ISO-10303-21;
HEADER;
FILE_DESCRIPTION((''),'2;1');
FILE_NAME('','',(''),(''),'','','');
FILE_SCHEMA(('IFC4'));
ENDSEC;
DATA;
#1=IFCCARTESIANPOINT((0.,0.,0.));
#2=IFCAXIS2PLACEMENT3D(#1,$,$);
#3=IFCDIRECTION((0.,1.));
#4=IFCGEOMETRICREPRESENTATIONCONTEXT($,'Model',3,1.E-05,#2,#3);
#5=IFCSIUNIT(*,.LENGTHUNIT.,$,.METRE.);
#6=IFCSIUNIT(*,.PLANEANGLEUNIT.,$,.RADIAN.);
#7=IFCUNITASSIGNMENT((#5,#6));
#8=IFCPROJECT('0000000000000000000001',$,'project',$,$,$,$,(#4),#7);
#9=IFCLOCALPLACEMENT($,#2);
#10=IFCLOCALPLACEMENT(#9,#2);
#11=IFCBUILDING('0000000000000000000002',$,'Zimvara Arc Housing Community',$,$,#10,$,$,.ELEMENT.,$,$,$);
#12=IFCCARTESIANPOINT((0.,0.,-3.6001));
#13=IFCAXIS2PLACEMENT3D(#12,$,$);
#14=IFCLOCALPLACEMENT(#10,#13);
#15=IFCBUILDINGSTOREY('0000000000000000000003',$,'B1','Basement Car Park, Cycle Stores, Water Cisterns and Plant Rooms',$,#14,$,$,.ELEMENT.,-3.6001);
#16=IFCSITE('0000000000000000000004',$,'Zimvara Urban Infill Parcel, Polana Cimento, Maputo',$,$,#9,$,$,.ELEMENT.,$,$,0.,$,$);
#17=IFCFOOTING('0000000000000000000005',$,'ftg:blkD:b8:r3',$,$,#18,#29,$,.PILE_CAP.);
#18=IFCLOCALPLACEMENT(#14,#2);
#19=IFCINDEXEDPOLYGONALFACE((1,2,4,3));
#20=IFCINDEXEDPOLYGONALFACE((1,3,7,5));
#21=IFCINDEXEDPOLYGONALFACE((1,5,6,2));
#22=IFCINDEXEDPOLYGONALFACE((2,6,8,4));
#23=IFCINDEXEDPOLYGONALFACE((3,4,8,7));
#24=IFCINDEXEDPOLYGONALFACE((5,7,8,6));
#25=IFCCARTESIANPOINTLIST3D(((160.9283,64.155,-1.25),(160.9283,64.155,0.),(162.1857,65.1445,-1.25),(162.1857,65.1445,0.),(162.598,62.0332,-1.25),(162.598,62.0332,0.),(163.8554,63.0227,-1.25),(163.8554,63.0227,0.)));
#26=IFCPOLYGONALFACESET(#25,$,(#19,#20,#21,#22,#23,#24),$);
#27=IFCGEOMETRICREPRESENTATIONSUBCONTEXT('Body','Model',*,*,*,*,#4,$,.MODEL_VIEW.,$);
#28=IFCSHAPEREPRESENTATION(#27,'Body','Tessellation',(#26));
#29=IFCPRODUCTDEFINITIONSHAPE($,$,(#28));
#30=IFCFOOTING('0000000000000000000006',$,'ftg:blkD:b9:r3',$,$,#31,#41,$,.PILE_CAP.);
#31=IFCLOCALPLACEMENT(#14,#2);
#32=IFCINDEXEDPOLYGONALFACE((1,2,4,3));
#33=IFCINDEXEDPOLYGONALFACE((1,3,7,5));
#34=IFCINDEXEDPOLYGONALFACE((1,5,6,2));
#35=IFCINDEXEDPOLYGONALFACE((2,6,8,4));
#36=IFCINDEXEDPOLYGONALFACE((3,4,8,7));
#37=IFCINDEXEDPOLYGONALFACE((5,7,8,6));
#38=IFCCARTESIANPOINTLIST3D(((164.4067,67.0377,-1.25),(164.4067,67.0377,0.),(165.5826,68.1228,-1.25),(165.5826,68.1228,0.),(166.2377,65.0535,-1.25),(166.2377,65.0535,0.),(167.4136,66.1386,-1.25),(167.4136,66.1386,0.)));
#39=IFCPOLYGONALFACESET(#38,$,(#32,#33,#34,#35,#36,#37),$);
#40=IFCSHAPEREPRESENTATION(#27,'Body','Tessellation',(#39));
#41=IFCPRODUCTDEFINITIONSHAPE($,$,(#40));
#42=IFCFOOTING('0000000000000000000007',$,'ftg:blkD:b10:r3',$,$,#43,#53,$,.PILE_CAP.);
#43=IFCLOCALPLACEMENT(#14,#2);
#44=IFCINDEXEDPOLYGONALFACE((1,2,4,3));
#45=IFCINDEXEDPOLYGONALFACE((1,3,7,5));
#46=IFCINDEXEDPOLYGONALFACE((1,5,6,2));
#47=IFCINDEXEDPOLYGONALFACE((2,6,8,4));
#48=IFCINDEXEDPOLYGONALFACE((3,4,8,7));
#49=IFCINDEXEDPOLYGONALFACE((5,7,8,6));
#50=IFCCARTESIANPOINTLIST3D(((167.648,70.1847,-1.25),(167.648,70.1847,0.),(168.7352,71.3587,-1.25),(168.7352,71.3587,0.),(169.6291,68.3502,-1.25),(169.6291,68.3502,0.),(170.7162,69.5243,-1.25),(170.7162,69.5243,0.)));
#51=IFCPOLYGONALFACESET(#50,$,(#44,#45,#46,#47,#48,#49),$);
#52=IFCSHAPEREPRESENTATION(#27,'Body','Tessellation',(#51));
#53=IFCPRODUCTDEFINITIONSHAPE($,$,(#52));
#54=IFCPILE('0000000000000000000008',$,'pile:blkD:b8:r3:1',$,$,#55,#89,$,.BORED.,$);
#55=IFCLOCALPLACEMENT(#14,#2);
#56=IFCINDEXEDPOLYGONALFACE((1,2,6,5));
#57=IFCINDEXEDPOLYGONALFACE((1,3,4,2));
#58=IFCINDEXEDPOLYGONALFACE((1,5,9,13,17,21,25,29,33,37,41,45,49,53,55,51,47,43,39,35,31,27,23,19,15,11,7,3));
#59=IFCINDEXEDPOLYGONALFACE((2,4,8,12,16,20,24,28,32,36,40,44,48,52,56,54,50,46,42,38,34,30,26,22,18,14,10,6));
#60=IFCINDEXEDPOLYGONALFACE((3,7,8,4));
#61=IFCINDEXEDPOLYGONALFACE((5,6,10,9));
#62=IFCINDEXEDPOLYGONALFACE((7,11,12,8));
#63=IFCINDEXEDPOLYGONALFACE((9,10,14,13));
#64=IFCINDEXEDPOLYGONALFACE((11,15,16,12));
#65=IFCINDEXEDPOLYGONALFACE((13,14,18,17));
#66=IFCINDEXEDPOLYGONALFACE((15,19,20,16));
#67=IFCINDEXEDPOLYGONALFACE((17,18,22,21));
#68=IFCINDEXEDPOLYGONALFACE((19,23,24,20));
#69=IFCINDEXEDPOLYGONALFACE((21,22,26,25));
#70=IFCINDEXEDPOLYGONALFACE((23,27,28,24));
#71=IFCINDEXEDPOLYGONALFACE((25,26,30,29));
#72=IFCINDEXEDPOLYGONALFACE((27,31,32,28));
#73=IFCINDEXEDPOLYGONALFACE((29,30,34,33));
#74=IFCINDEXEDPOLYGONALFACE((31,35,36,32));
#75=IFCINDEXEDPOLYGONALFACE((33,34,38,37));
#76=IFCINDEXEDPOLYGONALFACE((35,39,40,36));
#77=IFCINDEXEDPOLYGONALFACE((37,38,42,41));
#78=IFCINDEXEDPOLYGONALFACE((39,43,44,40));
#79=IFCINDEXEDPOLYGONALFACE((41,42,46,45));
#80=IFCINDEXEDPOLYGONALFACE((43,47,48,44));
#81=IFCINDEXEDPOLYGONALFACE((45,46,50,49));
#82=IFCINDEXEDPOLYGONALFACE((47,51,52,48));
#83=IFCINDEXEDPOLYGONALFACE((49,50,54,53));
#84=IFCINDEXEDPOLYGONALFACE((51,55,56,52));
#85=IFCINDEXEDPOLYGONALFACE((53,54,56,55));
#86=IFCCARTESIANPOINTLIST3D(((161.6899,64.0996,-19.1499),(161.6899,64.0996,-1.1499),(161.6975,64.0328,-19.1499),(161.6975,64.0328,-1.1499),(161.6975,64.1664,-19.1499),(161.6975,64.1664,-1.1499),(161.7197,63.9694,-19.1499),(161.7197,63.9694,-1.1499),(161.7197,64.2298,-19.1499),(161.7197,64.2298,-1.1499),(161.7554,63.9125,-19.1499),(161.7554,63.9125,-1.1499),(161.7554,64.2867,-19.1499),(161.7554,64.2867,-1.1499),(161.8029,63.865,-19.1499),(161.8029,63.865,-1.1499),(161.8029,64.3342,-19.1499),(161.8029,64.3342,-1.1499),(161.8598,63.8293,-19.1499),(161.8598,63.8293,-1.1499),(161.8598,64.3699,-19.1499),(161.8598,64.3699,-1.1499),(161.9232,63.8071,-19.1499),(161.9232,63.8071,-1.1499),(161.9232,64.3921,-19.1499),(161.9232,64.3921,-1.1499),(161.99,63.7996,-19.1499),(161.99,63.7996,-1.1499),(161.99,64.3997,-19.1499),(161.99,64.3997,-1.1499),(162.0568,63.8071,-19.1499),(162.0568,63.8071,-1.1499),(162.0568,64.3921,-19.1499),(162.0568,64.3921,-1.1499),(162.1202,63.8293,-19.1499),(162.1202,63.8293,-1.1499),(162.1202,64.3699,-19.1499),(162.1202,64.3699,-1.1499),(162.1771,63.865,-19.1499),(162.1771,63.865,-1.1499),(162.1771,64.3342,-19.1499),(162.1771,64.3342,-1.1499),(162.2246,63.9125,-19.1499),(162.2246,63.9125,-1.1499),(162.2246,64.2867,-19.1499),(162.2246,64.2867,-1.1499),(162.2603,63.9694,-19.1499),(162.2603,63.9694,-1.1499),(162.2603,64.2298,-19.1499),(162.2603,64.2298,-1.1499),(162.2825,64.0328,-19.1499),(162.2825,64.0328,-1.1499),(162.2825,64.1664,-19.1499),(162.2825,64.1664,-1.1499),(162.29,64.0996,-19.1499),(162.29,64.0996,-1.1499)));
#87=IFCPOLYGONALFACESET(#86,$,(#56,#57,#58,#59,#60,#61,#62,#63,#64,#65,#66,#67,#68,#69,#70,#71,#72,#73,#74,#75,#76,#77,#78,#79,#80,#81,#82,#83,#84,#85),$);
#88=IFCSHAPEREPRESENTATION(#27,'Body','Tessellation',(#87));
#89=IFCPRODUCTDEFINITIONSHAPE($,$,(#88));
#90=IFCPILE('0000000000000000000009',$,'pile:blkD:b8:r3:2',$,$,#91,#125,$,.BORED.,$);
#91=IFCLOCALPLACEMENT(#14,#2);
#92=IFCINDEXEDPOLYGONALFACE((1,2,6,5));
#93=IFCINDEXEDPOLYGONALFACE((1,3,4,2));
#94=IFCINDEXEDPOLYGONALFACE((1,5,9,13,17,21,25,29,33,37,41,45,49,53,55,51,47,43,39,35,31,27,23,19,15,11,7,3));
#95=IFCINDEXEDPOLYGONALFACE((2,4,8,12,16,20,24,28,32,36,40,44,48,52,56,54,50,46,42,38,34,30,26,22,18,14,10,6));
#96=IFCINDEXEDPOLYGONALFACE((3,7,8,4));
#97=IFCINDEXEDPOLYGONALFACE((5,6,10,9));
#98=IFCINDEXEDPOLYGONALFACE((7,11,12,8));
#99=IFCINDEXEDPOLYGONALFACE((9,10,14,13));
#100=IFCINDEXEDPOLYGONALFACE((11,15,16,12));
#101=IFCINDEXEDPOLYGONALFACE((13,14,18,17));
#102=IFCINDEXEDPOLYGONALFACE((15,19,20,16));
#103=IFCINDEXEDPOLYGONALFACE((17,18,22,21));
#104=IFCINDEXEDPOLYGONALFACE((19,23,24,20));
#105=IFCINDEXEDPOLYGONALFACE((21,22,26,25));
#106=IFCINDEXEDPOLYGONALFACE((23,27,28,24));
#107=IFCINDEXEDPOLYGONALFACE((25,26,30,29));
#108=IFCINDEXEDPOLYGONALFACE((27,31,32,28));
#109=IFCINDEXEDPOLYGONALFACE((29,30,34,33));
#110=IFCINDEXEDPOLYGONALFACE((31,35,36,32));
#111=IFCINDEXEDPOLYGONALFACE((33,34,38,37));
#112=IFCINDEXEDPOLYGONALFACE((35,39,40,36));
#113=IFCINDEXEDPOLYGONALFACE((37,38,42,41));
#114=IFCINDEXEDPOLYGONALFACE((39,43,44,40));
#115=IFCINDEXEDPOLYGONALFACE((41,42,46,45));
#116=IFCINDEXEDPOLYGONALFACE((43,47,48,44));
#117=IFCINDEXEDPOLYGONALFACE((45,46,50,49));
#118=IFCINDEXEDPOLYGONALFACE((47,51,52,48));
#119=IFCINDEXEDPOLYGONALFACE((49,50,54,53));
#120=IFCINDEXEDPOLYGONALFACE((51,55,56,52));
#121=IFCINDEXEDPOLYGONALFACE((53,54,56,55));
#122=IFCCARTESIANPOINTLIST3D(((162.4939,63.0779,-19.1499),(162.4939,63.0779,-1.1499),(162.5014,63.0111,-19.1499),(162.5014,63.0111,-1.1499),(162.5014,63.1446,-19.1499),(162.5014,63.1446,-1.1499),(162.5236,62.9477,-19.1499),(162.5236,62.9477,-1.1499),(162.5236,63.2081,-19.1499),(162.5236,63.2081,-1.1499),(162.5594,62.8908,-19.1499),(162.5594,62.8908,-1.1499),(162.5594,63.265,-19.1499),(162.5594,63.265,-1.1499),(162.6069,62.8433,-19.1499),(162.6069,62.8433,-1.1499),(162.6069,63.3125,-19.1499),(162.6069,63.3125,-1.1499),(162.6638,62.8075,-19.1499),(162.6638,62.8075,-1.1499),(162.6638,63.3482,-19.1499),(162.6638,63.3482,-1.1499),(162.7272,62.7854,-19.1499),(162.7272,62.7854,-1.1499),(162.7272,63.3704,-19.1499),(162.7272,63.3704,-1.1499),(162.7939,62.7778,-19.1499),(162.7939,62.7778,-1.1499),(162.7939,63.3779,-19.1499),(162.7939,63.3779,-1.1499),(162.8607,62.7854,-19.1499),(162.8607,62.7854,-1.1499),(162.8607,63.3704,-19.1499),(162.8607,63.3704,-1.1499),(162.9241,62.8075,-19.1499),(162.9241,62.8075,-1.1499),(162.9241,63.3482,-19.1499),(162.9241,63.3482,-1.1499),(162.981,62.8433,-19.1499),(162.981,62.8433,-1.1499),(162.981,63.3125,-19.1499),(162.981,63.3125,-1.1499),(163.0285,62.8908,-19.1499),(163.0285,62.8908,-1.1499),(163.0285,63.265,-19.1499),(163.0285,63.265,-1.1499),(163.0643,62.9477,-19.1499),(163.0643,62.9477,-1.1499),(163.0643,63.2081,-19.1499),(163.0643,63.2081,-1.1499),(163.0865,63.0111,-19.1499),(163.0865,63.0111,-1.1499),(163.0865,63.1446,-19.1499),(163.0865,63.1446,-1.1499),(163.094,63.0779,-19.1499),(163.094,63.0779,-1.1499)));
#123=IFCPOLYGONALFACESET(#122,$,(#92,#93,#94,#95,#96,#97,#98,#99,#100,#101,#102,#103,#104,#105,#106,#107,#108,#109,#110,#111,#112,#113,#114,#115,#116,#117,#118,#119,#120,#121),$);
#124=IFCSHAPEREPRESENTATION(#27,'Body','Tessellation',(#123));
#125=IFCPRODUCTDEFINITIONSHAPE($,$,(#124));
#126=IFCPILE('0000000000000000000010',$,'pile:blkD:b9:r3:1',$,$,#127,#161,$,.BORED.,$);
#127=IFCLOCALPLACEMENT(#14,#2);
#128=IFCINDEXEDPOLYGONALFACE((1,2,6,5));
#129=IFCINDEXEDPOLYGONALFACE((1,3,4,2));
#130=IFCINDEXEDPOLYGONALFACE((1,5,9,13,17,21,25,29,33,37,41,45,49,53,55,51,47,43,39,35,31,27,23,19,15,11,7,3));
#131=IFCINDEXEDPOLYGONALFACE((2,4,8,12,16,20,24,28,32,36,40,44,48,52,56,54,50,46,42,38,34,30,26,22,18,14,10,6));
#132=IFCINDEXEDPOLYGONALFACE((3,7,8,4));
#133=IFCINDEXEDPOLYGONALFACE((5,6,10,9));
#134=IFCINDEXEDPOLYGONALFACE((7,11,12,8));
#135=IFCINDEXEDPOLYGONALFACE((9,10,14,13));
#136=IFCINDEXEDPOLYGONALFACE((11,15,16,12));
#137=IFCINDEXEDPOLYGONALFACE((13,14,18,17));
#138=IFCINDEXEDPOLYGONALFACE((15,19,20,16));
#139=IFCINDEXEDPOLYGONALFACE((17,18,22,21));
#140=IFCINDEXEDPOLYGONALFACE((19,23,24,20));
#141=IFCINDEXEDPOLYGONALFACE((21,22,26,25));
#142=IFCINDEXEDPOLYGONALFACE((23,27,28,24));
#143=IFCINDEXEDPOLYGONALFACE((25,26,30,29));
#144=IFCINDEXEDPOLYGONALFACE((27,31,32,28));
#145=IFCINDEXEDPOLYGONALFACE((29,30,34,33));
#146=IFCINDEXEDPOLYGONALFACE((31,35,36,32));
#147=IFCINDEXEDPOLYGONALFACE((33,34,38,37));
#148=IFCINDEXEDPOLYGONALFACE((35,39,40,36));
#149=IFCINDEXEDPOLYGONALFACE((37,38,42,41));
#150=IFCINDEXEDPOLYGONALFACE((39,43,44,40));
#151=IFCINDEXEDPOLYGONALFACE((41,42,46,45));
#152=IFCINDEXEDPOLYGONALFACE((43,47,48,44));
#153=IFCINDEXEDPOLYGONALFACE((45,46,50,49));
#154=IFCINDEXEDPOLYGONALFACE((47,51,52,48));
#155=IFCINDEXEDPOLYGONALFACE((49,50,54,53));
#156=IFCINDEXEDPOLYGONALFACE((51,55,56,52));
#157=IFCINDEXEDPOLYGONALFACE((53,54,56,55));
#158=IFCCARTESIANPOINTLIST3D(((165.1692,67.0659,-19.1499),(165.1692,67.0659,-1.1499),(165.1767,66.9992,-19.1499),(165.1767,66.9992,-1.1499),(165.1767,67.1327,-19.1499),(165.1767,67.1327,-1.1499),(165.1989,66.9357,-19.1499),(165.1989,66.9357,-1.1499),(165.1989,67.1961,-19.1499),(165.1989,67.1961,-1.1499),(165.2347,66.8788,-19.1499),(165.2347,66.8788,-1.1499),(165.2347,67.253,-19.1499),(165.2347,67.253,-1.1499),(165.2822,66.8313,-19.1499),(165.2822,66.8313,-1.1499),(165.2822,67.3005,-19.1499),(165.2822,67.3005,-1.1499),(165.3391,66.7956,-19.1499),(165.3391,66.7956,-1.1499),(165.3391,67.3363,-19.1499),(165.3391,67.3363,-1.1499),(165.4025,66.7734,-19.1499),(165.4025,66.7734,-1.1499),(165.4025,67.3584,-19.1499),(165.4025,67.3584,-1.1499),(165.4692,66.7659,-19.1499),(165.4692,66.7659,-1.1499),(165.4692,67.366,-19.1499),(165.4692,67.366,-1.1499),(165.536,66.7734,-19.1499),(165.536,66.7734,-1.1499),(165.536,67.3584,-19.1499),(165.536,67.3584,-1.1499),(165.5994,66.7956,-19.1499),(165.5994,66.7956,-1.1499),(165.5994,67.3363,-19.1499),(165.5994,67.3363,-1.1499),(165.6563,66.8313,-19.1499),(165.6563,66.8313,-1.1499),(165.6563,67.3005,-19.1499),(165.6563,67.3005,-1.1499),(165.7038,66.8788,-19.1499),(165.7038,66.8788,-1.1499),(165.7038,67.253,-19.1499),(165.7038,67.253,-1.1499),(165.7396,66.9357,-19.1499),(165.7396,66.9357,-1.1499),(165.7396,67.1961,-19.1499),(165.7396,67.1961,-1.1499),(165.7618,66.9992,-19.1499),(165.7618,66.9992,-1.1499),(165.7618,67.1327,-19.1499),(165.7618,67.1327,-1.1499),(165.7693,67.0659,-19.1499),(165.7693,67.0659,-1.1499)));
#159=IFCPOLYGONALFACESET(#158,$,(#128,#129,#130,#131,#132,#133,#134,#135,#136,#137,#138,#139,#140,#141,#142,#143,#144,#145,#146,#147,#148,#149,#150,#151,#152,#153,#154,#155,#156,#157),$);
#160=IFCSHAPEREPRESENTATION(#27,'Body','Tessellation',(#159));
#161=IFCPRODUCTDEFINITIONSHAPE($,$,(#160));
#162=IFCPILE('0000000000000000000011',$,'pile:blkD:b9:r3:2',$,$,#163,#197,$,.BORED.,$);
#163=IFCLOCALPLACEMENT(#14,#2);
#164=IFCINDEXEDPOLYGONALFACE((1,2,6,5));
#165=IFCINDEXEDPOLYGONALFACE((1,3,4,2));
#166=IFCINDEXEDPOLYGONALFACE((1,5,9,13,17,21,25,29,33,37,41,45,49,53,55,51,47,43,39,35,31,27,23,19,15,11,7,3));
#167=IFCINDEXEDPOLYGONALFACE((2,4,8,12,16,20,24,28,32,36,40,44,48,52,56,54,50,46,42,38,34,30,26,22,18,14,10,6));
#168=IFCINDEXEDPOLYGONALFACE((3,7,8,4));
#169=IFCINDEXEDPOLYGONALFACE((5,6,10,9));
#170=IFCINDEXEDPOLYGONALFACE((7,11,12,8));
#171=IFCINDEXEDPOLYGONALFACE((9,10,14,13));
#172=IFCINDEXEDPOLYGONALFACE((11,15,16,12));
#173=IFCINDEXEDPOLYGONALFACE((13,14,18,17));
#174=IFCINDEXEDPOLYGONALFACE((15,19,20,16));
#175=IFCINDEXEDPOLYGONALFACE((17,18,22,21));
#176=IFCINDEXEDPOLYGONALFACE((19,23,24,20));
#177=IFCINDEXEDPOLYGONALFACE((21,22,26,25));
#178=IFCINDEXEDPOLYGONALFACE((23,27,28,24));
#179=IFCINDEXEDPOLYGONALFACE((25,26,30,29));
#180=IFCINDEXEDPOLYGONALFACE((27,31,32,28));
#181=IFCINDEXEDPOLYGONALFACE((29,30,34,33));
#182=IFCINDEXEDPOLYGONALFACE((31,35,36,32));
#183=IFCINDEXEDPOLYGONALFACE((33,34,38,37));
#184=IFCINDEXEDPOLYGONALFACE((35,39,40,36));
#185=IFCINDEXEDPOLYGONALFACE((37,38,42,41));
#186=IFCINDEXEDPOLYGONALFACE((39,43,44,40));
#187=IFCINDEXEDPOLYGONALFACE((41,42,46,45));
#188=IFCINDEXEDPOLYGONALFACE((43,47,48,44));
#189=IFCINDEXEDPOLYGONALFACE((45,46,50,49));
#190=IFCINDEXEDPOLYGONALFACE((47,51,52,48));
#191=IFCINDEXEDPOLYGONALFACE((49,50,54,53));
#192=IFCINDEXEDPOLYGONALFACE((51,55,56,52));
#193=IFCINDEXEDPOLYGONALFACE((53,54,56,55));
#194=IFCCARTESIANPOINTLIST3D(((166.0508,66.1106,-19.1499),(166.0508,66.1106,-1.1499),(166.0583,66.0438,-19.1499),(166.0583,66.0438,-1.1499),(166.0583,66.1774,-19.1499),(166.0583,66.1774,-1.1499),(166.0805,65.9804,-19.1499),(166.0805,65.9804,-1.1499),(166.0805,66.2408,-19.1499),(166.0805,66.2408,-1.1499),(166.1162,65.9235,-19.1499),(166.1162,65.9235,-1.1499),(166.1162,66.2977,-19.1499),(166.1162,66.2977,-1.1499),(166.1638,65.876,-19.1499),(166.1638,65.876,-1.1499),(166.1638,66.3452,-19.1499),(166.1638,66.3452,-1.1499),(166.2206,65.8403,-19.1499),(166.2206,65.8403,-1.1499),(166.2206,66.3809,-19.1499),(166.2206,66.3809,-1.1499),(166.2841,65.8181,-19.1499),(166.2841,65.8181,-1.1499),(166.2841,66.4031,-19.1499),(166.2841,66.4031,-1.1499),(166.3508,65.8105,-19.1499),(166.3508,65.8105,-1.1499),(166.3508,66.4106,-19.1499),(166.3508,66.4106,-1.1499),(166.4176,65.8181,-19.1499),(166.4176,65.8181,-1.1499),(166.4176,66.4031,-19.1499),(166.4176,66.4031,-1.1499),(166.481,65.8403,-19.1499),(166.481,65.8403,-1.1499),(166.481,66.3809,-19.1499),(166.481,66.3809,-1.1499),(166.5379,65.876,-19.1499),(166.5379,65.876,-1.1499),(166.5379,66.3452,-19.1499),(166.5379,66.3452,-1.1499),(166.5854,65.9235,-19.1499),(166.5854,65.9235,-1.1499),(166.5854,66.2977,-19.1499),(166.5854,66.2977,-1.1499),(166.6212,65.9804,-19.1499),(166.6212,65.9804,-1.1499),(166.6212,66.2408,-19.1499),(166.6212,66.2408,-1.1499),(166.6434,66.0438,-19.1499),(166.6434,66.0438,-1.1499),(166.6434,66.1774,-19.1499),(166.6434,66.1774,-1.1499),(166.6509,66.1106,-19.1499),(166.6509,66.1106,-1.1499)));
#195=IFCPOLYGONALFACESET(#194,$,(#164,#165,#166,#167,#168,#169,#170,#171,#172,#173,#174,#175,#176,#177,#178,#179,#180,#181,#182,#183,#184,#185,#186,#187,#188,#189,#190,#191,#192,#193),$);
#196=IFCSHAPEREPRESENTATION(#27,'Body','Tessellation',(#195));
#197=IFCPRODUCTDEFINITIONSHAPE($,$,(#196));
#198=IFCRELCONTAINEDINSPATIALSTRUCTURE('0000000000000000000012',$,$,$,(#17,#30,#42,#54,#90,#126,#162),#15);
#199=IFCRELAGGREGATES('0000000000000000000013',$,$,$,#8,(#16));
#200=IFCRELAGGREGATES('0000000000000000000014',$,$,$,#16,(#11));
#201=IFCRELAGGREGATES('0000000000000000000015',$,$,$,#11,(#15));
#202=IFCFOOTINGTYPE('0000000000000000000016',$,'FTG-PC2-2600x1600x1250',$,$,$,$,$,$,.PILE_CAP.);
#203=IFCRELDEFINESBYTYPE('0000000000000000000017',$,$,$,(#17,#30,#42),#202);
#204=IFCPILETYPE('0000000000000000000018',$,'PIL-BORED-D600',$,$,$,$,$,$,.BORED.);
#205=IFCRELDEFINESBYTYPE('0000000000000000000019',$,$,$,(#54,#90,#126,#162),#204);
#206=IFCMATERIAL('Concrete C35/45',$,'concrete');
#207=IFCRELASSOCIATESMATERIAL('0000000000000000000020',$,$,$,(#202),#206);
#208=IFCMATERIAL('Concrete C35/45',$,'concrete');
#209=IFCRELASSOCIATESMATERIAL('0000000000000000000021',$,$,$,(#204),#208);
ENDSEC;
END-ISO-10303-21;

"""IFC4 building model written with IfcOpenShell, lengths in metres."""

from ifc_helpers import new_model, si_unit, direction, frame, origin, origin_2d, place, context, subcontext, project, spatial, rectangle, circle, extrude, material, material_profile, profile_set, type_object, element, save


model = new_model("IFC4")

# Units and contexts
model_context = context("Model", 3, precision=1e-05, world=origin(), true_north=direction((0.0, 1.0)))
body_context = subcontext(model_context, "Body", "Model", "MODEL_VIEW")
ifc_project = project(units=[si_unit("LENGTHUNIT", "METRE"), si_unit("PLANEANGLEUNIT", "RADIAN")], contexts=[model_context])

# Site, building, storey
site_placement = place(None, origin())
site = spatial("IfcSite", under=ifc_project, at=site_placement, Name="Zimvara Urban Infill Parcel, Polana Cimento, Maputo", CompositionType="ELEMENT", RefElevation=0.0)
building_placement = place(site_placement, origin())
building = spatial("IfcBuilding", under=site, at=building_placement, Name="Zimvara Arc Housing Community", CompositionType="ELEMENT")
storey_placement = place(building_placement, frame((0.0, 0.0, -3.6001)))
storey = spatial("IfcBuildingStorey", under=building, at=storey_placement, Name="B1", Description="Basement Car Park, Cycle Stores, Water Cisterns and Plant Rooms", CompositionType="ELEMENT", Elevation=-3.6001)

# Footings
ifc_material_1 = material(Name="Concrete C35/45", Category="concrete")
footing_type = type_object("IfcFootingType", Name="FTG-PC2-2600x1600x1250", PredefinedType="PILE_CAP", material=ifc_material_1)
for number, where, z_axis, x_axis, name in (
    (1, (162.3918, 63.5889, -1.25), (0.0, 0.0, 1.0), (0.618408, -0.785857, 0.0), "ftg:blkD:b8:r3"),
    (2, (165.9102, 66.5881, -1.25), (0.0, 0.0, 1.0), (0.67816, -0.734915, 0.0), "ftg:blkD:b9:r3"),
    (3, (169.1821, 69.8545, -1.25), (0.0, 0.0, 1.0), (0.73373, -0.679441, 0.0), "ftg:blkD:b10:r3"),
):
    element("IfcFooting", number, at=place(storey_placement, frame(where, z_axis=z_axis, x_axis=x_axis)), inside=storey, type_object=footing_type, Name=name, PredefinedType="PILE_CAP", context=body_context, shape_type="SweptSolid", body=[
        extrude(rectangle(XDim=2.7, YDim=1.6001, at=origin_2d()), origin(), (0.0, 0.0, 1.0), 1.25),
    ])

# Piles
ifc_material_2 = material(Name="Concrete C35/45", Category="concrete")
ifc_material_profile_1 = material_profile(ifc_material_2, circle(Radius=0.3, at=origin_2d()), Name="PILE D600")
ifc_profile_set_1 = profile_set([ifc_material_profile_1], Name="Concrete C35/45")
pile_type_1 = type_object("IfcPileType", Name="PIL-BORED-D600", PredefinedType="BORED", material=ifc_profile_set_1)
for number, where, z_axis, x_axis, name in (
    (4, (161.99, 64.0996, -1.1499), (0.0, 0.0, -1.0), (1.0, 0.0, 0.0), "pile:blkD:b8:r3:1"),
    (5, (162.7939, 63.0779, -1.1499), (0.0, 0.0, -1.0), (1.0, 0.0, 0.0), "pile:blkD:b8:r3:2"),
    (6, (165.4692, 67.0659, -1.1499), (0.0, 0.0, -1.0), (1.0, 0.0, 0.0), "pile:blkD:b9:r3:1"),
    (7, (166.3508, 66.1106, -1.1499), (0.0, 0.0, -1.0), (1.0, 0.0, 0.0), "pile:blkD:b9:r3:2"),
):
    element("IfcPile", number, at=place(storey_placement, frame(where, z_axis=z_axis, x_axis=x_axis)), inside=storey, type_object=pile_type_1, Name=name, PredefinedType="BORED", context=body_context, shape_type="SweptSolid", body=[
        extrude(circle(Radius=0.3, at=origin_2d()), origin(), (0.0, 0.0, 1.0), 18.0),
    ])

save(model, "model.ifc")
